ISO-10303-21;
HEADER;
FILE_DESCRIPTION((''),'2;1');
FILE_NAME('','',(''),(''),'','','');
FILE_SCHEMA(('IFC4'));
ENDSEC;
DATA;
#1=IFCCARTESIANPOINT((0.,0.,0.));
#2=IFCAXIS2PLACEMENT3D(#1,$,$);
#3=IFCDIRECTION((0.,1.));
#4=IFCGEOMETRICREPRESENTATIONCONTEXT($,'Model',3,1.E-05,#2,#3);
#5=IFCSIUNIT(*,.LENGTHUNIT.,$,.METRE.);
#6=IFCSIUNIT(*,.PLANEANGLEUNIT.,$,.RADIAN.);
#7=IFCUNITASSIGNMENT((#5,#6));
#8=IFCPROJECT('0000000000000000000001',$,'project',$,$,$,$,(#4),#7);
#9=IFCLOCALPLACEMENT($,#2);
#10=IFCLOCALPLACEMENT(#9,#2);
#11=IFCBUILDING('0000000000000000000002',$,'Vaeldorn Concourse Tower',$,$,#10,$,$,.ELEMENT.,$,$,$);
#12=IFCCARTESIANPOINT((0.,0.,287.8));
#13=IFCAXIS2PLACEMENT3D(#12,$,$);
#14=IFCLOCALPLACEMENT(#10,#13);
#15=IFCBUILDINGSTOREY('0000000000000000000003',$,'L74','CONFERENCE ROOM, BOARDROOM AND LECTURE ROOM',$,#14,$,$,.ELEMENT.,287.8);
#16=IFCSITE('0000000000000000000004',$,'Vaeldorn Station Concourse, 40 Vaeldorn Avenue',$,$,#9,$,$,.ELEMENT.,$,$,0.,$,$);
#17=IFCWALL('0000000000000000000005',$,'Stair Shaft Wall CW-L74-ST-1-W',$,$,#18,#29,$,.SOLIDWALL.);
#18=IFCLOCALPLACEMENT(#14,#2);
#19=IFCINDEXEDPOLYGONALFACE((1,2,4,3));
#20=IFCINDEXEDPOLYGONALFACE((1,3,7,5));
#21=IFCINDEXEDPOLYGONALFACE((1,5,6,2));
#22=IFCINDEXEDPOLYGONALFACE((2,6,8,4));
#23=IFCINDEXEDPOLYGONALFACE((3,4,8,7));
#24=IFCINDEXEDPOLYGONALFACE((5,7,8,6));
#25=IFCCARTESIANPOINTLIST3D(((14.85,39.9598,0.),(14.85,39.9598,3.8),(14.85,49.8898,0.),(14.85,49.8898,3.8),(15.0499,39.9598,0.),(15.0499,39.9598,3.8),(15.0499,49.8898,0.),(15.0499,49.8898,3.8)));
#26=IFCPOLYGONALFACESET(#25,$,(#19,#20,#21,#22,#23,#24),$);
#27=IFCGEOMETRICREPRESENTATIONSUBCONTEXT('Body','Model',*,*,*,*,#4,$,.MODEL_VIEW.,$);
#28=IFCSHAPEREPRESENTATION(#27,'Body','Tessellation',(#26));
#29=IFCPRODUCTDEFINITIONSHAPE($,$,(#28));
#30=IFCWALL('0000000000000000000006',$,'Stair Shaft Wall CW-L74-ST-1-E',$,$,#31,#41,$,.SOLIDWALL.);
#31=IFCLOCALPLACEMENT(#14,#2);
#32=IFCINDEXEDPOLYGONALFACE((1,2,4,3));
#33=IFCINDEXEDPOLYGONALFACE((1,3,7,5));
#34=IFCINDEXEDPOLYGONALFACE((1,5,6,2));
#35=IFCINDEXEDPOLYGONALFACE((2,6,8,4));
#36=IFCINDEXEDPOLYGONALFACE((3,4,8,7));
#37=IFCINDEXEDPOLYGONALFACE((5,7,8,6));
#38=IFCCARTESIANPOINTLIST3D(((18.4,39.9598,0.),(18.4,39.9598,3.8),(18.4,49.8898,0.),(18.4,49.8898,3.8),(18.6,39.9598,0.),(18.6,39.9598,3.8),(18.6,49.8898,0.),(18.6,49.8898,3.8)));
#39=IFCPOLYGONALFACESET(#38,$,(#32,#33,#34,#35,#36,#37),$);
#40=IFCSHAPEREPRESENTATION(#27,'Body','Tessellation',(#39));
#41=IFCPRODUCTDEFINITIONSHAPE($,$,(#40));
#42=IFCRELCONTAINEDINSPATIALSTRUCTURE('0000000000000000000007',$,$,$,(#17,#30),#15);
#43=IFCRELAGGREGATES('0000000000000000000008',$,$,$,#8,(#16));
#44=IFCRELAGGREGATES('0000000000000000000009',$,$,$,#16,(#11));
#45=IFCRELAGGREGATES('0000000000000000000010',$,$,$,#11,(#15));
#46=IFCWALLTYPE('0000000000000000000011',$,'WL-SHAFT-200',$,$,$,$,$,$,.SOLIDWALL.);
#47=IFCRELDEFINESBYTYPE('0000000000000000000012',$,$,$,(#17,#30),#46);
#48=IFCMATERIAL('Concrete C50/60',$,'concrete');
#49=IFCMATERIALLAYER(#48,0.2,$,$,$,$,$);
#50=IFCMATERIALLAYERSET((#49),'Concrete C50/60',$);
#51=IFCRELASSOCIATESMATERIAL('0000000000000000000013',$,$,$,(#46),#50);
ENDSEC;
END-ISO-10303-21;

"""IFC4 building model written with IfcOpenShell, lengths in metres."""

from ifc_helpers import new_model, si_unit, direction, frame, frame_2d, origin, place, context, subcontext, project, spatial, rectangle, extrude, material, layer, layer_set, type_object, element, save


model = new_model("IFC4")

# Units and contexts
model_context = context("Model", 3, precision=1e-05, world=origin(), true_north=direction((0.0, 1.0)))
body_context = subcontext(model_context, "Body", "Model", "MODEL_VIEW")
ifc_project = project(units=[si_unit("LENGTHUNIT", "METRE"), si_unit("PLANEANGLEUNIT", "RADIAN")], contexts=[model_context])

# Site, building, storey
site_placement = place(None, origin())
site = spatial("IfcSite", under=ifc_project, at=site_placement, Name="Vaeldorn Station Concourse, 40 Vaeldorn Avenue", CompositionType="ELEMENT", RefElevation=0.0)
building_placement = place(site_placement, origin())
building = spatial("IfcBuilding", under=site, at=building_placement, Name="Vaeldorn Concourse Tower", CompositionType="ELEMENT")
storey_placement = place(building_placement, frame((0.0, 0.0, 287.8)))
storey = spatial("IfcBuildingStorey", under=building, at=storey_placement, Name="L74", Description="CONFERENCE ROOM, BOARDROOM AND LECTURE ROOM", CompositionType="ELEMENT", Elevation=287.8)

# Shared definitions
ifc_material_1 = material(Name="Concrete C50/60", Category="concrete")

# Shared definitions
ifc_layer_1 = layer(ifc_material_1, 0.2)
ifc_layer_set_1 = layer_set([ifc_layer_1], Name="Concrete C50/60")
wall_type_1 = type_object("IfcWallType", Name="WL-SHAFT-200", PredefinedType="SOLIDWALL", material=ifc_layer_set_1)

# Walls
for number, where, z_axis, x_axis, name in (
    (1, (14.95, 39.96, 0.0), (0.0, 0.0, 1.0), (0.0, 1.0, 0.0), "Stair Shaft Wall CW-L74-ST-1-W"),
    (2, (18.5, 39.96, 0.0), (0.0, 0.0, 1.0), (0.0, 1.0, 0.0), "Stair Shaft Wall CW-L74-ST-1-E"),
):
    element("IfcWall", number, at=place(storey_placement, frame(where, z_axis=z_axis, x_axis=x_axis)), inside=storey, type_object=wall_type_1, Name=name, PredefinedType="SOLIDWALL", context=body_context, shape_type="SweptSolid", body=[
        extrude(rectangle(XDim=9.9299, YDim=0.2, at=frame_2d((4.9648, 0.0))), origin(), (0.0, 0.0, 1.0), 3.8),
    ])

save(model, "model.ifc")
